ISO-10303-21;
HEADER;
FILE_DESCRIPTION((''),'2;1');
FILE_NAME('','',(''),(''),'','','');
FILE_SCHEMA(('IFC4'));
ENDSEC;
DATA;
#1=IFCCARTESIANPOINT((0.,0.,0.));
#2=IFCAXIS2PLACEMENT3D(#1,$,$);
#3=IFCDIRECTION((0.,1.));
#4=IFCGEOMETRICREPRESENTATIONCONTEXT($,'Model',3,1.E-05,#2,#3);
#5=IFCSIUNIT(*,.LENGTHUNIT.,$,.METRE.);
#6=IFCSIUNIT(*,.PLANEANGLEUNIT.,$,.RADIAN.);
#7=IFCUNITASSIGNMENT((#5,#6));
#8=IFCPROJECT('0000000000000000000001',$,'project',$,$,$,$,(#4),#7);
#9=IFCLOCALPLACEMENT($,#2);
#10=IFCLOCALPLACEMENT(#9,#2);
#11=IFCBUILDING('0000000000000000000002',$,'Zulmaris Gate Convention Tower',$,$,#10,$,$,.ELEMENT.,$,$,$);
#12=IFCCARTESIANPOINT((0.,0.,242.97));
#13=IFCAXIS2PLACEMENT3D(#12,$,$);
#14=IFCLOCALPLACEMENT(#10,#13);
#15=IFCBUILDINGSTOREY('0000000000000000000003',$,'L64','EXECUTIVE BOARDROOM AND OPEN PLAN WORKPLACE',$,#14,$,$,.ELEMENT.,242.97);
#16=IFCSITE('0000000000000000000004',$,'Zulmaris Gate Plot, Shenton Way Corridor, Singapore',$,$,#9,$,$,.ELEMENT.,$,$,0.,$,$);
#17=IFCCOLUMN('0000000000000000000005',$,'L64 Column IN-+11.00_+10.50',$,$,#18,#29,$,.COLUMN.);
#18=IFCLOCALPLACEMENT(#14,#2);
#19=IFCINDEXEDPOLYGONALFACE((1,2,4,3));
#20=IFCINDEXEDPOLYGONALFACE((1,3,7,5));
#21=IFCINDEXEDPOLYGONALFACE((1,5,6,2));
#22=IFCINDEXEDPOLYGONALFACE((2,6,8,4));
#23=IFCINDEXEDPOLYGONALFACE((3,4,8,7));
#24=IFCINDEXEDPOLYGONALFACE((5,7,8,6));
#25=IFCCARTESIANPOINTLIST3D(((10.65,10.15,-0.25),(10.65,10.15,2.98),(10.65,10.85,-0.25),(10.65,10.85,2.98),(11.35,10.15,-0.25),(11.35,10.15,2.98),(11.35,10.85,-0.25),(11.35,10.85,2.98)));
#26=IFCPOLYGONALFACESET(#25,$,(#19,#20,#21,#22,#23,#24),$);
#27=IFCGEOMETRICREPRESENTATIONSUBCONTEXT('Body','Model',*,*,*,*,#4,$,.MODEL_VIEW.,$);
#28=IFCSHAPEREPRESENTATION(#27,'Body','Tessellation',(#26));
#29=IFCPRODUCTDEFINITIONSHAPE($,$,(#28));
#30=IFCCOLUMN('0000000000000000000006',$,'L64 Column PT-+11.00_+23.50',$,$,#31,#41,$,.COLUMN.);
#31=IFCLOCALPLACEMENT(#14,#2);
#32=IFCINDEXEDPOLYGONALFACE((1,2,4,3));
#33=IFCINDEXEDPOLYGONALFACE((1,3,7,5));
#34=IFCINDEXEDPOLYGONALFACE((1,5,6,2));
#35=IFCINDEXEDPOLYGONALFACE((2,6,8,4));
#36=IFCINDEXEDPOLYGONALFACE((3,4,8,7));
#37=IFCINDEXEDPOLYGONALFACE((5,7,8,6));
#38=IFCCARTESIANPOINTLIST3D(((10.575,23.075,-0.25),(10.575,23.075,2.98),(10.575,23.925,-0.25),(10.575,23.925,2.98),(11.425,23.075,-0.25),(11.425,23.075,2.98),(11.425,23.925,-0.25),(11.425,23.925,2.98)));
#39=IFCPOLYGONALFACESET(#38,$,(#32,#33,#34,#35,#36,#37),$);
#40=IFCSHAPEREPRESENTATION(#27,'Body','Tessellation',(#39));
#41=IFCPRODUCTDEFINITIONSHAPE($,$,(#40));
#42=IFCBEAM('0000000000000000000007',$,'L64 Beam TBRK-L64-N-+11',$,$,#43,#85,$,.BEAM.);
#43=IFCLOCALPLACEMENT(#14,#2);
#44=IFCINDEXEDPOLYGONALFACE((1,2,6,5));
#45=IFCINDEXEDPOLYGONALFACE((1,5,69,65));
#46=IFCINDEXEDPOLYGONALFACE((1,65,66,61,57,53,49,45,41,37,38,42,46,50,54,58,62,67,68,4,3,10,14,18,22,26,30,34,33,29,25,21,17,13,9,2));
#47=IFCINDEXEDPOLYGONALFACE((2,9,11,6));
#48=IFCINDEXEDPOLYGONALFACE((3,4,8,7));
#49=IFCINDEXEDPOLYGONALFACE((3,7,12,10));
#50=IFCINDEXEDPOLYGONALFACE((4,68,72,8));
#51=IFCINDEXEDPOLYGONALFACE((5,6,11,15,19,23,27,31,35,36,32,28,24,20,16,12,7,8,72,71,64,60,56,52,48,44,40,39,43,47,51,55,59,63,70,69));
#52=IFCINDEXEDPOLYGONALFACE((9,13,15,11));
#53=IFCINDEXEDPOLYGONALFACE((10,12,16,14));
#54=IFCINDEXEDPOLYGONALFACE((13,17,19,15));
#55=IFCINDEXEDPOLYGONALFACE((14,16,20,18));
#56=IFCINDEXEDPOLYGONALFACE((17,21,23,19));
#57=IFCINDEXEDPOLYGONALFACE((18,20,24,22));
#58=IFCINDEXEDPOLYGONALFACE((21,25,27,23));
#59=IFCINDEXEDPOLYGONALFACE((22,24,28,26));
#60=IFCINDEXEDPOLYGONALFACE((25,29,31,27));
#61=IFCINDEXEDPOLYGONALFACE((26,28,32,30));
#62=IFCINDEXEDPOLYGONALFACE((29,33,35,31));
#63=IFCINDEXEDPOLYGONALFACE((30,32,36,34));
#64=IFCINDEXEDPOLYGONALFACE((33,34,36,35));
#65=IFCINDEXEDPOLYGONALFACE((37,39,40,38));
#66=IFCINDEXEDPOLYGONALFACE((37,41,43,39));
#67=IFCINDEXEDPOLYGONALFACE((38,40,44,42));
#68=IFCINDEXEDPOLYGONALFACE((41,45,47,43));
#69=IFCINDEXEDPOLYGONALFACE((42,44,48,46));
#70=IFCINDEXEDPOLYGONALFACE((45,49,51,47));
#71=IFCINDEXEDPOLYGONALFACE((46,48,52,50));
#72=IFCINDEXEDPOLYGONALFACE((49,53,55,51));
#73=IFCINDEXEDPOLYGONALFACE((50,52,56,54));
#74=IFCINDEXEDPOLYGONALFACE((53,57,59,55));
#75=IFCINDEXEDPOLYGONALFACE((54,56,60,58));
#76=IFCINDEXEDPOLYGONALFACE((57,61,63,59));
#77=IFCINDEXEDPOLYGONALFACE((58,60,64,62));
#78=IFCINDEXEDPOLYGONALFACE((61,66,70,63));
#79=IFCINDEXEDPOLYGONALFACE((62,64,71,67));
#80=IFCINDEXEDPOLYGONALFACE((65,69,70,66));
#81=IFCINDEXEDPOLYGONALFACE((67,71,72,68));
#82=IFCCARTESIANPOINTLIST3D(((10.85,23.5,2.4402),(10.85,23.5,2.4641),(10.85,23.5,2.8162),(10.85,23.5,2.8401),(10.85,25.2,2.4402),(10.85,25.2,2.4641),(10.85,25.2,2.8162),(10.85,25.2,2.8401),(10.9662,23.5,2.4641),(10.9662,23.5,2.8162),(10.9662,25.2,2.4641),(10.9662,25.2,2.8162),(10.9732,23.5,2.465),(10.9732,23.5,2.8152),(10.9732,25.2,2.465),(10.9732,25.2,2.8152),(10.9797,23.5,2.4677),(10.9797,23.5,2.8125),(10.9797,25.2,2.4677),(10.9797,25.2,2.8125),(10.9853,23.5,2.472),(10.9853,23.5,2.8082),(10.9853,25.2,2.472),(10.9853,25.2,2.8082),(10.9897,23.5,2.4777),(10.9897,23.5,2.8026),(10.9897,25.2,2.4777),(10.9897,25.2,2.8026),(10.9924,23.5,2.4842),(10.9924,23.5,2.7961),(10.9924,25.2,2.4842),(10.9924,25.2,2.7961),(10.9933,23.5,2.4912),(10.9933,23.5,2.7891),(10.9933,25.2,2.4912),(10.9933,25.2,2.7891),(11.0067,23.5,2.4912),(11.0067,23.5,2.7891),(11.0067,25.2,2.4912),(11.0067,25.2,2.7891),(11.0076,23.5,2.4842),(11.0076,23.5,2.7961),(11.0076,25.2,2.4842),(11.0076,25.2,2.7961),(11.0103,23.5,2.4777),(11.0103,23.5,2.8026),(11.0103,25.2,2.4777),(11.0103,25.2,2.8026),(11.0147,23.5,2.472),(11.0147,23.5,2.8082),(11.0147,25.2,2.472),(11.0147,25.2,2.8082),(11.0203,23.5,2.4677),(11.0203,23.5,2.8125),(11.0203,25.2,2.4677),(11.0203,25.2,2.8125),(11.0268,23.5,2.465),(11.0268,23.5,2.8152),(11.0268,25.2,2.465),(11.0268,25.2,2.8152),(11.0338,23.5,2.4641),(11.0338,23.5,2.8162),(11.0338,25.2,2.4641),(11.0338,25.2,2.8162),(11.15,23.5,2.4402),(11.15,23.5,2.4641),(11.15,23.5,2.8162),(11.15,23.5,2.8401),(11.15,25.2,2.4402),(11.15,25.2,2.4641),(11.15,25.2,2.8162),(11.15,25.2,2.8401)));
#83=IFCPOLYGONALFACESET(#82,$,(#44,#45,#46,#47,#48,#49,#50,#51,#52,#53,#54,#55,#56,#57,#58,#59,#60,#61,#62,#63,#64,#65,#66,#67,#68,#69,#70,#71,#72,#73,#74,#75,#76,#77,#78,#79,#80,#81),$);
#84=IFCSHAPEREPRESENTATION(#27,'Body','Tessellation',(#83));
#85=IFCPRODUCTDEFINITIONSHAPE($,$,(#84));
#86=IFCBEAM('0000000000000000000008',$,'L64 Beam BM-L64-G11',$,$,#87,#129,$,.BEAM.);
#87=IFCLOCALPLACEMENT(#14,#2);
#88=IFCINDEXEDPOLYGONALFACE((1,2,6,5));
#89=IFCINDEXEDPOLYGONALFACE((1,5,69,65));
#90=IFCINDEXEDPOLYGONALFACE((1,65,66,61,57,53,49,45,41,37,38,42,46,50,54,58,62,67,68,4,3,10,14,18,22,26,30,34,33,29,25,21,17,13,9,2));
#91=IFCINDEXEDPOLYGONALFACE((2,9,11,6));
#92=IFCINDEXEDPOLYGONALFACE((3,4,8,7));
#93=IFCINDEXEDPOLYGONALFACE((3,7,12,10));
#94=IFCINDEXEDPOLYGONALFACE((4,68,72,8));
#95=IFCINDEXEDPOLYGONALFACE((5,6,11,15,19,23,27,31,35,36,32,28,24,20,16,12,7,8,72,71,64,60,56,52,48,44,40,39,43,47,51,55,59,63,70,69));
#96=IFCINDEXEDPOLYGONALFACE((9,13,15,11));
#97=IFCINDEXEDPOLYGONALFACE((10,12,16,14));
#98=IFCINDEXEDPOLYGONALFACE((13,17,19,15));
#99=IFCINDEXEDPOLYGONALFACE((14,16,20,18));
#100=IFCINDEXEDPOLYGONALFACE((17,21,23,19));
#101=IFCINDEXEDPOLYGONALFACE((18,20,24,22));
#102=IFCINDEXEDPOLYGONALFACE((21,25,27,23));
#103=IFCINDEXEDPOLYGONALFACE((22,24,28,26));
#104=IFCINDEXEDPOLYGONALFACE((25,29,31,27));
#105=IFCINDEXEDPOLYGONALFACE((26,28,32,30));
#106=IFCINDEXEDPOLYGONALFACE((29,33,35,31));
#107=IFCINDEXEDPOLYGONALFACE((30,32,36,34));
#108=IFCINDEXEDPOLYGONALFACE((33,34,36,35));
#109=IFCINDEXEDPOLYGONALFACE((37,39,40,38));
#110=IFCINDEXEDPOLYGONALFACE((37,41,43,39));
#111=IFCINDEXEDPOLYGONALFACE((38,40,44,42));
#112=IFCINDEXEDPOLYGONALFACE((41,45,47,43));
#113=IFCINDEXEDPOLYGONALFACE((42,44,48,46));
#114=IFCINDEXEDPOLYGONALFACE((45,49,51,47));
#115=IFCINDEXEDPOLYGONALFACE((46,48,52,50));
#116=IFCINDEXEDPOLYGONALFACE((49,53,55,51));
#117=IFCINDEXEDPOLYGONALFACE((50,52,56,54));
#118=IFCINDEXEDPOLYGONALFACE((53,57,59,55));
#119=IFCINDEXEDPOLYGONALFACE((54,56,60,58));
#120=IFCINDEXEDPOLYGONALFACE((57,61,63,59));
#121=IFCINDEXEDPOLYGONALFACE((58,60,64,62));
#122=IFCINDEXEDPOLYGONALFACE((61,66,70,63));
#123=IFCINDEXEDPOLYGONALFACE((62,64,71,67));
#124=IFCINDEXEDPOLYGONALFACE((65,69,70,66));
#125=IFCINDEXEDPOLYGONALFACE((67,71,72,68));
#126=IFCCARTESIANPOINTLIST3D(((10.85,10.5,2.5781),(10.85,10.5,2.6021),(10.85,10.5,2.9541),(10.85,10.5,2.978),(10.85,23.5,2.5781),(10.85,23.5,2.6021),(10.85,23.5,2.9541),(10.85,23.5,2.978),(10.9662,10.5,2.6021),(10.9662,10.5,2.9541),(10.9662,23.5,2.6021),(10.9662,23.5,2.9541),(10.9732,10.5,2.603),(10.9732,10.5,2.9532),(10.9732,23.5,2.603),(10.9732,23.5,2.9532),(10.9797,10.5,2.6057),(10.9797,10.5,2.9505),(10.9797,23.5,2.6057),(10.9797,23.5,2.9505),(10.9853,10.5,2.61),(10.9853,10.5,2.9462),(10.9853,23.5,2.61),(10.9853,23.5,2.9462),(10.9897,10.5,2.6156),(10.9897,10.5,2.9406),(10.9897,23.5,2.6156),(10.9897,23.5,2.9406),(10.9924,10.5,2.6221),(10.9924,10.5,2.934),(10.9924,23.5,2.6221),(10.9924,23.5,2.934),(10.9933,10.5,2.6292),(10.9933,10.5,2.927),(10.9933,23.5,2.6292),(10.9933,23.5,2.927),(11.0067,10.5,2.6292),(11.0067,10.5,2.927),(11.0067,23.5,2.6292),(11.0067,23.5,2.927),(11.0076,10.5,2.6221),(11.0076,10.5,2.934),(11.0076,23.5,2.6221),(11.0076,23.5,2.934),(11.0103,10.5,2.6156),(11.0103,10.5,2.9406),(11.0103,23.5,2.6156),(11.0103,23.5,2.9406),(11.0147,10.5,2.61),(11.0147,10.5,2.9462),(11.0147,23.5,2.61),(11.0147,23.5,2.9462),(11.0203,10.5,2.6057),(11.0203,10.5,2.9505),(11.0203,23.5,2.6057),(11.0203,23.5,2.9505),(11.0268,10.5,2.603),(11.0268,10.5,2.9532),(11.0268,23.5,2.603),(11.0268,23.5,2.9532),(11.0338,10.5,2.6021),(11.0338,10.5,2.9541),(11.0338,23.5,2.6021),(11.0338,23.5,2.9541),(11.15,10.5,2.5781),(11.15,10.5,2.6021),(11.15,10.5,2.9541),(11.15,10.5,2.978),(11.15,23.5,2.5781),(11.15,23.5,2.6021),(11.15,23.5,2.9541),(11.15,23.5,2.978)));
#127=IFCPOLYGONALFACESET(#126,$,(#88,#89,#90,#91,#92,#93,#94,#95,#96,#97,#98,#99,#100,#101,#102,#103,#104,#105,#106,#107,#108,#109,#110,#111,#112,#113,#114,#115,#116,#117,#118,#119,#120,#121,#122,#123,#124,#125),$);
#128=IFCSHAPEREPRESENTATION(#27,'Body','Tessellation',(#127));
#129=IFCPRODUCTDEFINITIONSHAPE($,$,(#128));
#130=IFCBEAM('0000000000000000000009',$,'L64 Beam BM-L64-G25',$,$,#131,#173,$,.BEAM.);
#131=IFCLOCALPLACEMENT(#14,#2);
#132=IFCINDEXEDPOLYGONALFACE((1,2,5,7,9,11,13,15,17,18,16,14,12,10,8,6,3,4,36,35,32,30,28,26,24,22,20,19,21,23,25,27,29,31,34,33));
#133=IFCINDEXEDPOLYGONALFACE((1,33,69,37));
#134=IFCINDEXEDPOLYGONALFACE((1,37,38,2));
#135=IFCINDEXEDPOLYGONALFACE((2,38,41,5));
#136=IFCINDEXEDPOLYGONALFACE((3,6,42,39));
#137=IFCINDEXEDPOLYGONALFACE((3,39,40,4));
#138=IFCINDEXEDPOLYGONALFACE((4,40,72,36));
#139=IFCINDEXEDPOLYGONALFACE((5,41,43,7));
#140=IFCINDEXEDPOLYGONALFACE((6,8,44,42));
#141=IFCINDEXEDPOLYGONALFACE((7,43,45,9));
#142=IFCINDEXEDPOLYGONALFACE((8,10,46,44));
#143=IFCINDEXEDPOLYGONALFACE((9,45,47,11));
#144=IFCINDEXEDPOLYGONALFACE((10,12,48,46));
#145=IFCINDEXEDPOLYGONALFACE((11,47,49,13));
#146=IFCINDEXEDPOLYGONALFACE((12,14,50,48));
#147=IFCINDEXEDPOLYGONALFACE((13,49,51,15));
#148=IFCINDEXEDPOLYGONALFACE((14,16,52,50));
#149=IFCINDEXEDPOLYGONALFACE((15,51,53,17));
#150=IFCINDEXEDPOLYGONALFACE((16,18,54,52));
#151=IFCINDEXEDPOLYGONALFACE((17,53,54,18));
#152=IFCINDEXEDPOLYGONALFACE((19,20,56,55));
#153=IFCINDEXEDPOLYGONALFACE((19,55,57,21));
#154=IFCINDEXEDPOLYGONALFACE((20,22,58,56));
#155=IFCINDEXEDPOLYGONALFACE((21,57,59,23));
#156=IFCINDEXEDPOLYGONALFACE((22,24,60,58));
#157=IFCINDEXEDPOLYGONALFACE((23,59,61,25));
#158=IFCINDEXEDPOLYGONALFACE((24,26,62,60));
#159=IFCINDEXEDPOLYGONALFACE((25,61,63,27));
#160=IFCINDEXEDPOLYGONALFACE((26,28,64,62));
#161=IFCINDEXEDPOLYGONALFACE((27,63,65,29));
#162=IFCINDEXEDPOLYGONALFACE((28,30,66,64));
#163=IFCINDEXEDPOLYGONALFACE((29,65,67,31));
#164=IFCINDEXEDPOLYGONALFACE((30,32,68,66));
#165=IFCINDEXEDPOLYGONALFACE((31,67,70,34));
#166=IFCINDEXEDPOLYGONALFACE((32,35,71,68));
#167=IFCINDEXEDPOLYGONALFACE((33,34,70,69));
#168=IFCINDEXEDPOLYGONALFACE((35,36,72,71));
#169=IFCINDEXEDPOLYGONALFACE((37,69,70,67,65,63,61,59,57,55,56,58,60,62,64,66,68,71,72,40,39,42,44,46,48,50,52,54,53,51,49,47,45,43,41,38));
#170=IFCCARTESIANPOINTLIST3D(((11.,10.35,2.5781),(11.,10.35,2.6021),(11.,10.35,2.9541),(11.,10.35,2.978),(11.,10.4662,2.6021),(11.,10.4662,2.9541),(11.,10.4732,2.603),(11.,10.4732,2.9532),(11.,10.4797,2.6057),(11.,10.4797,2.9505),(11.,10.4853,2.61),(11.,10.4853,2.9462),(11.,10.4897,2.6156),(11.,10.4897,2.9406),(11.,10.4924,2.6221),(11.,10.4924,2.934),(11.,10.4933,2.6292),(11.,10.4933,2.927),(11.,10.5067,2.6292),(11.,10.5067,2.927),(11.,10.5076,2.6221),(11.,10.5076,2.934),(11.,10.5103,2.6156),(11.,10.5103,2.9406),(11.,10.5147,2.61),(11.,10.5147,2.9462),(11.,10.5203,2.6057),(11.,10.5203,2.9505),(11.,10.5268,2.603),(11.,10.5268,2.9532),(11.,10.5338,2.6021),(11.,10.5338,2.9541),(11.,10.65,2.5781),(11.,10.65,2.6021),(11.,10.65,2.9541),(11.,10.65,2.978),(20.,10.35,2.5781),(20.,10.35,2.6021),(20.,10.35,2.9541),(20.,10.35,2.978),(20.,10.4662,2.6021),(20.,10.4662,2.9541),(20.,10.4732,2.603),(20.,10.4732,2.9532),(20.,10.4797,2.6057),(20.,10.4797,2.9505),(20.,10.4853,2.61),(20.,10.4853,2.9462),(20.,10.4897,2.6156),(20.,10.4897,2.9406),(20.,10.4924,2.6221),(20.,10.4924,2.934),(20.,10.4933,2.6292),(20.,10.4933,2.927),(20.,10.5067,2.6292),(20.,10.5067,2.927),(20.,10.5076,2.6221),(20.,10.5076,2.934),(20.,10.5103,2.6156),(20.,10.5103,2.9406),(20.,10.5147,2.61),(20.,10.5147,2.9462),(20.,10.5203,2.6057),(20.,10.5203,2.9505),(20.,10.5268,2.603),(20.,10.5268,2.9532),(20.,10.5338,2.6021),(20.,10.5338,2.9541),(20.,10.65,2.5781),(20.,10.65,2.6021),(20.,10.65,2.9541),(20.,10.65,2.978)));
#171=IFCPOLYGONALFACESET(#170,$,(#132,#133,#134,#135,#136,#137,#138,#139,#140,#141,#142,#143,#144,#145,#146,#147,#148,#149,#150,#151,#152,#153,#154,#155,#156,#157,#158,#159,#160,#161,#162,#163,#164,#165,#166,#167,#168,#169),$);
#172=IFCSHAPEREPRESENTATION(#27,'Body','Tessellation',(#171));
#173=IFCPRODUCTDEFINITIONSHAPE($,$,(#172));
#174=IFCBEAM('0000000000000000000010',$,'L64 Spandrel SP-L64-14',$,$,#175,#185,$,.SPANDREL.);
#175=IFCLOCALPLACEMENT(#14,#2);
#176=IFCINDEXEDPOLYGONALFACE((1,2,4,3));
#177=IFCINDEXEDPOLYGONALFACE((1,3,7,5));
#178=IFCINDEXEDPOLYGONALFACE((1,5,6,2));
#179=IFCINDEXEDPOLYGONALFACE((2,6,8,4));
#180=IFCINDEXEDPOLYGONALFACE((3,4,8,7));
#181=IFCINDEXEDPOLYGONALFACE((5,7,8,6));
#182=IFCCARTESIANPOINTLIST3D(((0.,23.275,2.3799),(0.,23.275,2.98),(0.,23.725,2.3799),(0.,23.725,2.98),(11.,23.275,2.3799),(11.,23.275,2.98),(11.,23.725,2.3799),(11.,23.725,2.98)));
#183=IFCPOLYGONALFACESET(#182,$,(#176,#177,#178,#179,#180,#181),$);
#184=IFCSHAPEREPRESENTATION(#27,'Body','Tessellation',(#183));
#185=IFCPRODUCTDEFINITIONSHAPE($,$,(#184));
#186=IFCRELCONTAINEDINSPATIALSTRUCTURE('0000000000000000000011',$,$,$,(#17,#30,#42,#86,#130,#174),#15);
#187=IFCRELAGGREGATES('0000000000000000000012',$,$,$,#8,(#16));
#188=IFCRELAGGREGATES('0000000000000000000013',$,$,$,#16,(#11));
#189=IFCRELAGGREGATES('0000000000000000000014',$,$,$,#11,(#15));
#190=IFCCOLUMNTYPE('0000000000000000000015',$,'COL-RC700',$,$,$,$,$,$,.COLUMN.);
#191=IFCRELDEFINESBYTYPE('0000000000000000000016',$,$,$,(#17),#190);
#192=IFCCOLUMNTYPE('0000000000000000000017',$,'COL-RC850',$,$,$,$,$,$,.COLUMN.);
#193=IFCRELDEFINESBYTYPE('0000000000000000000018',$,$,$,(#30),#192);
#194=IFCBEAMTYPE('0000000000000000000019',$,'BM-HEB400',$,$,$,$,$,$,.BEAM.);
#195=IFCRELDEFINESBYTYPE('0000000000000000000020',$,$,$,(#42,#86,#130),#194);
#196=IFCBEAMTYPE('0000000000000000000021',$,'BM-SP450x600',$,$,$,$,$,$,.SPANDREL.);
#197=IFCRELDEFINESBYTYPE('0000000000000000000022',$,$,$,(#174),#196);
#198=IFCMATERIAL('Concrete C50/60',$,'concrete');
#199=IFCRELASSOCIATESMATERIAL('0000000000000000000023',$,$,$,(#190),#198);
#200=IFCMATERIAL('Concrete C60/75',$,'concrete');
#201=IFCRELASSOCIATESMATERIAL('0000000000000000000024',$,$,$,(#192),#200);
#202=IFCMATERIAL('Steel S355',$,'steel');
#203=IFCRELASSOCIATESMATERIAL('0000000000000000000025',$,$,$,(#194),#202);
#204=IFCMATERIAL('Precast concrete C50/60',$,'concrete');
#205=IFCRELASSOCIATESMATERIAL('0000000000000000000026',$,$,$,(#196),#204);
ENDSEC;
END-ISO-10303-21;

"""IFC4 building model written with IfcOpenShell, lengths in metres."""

from ifc_helpers import new_model, si_unit, direction, frame, origin, origin_2d, place, context, subcontext, project, spatial, rectangle, i_section, extrude, material, material_profile, profile_set, type_object, element, save


model = new_model("IFC4")

# Units and contexts
model_context = context("Model", 3, precision=1e-05, world=origin(), true_north=direction((0.0, 1.0)))
body_context = subcontext(model_context, "Body", "Model", "MODEL_VIEW")
ifc_project = project(units=[si_unit("LENGTHUNIT", "METRE"), si_unit("PLANEANGLEUNIT", "RADIAN")], contexts=[model_context])

# Site, building, storey
site_placement = place(None, origin())
site = spatial("IfcSite", under=ifc_project, at=site_placement, Name="Zulmaris Gate Plot, Shenton Way Corridor, Singapore", CompositionType="ELEMENT", RefElevation=0.0)
building_placement = place(site_placement, origin())
building = spatial("IfcBuilding", under=site, at=building_placement, Name="Zulmaris Gate Convention Tower", CompositionType="ELEMENT")
storey_placement = place(building_placement, frame((0.0, 0.0, 242.97)))
storey = spatial("IfcBuildingStorey", under=building, at=storey_placement, Name="L64", Description="EXECUTIVE BOARDROOM AND OPEN PLAN WORKPLACE", CompositionType="ELEMENT", Elevation=242.97)

# Columns
ifc_material_1 = material(Name="Concrete C50/60", Category="concrete")
ifc_material_profile_1 = material_profile(ifc_material_1, rectangle(XDim=0.7, YDim=0.7, at=origin_2d()), Name="RC COL 700x700")
ifc_profile_set_1 = profile_set([ifc_material_profile_1], Name="Concrete C50/60")
column_type_1 = type_object("IfcColumnType", Name="COL-RC700", PredefinedType="COLUMN", material=ifc_profile_set_1)
column_1_placement = place(storey_placement, frame((11.0, 10.5, -0.25), z_axis=(0.0, 0.0, 1.0), x_axis=(1.0, 0.0, 0.0)))
element("IfcColumn", 1, at=column_1_placement, inside=storey, type_object=column_type_1, Name="L64 Column IN-+11.00_+10.50", PredefinedType="COLUMN", context=body_context, shape_type="SweptSolid", body=[
    extrude(rectangle(XDim=0.7, YDim=0.7, at=origin_2d()), origin(), (0.0, 0.0, 1.0), 3.23),
])
ifc_material_2 = material(Name="Concrete C60/75", Category="concrete")
ifc_material_profile_2 = material_profile(ifc_material_2, rectangle(XDim=0.8501, YDim=0.8501, at=origin_2d()), Name="RC COL 850x850")
ifc_profile_set_2 = profile_set([ifc_material_profile_2], Name="Concrete C60/75")
column_type_2 = type_object("IfcColumnType", Name="COL-RC850", PredefinedType="COLUMN", material=ifc_profile_set_2)
column_2_placement = place(storey_placement, frame((11.0, 23.5, -0.25), z_axis=(0.0, 0.0, 1.0), x_axis=(1.0, 0.0, 0.0)))
element("IfcColumn", 2, at=column_2_placement, inside=storey, type_object=column_type_2, Name="L64 Column PT-+11.00_+23.50", PredefinedType="COLUMN", context=body_context, shape_type="SweptSolid", body=[
    extrude(rectangle(XDim=0.8501, YDim=0.8501, at=origin_2d()), origin(), (0.0, 0.0, 1.0), 3.23),
])

# Beams
ifc_material_3 = material(Name="Steel S355", Category="steel")
ifc_material_profile_3 = material_profile(ifc_material_3, i_section(OverallWidth=0.3, OverallDepth=0.3999, WebThickness=0.0134, FlangeThickness=0.0239, FilletRadius=0.0271, at=origin_2d()), Name="HEB 400")
ifc_profile_set_3 = profile_set([ifc_material_profile_3], Name="Steel S355")
beam_type_1 = type_object("IfcBeamType", Name="BM-HEB400", PredefinedType="BEAM", material=ifc_profile_set_3)
beam_1_placement = place(storey_placement, frame((11.0, 23.5, 2.6401), z_axis=(0.0, 1.0, 0.0), x_axis=(-1.0, 0.0, 0.0)))
element("IfcBeam", 3, at=beam_1_placement, inside=storey, type_object=beam_type_1, Name="L64 Beam TBRK-L64-N-+11", PredefinedType="BEAM", context=body_context, shape_type="SweptSolid", body=[
    extrude(i_section(OverallWidth=0.3, OverallDepth=0.3999, WebThickness=0.0134, FlangeThickness=0.0239, FilletRadius=0.0271, at=origin_2d()), origin(), (0.0, 0.0, 1.0), 1.7),
])
beam_2_placement = place(storey_placement, frame((11.0, 10.5, 2.7781), z_axis=(0.0, 1.0, 0.0), x_axis=(-1.0, 0.0, 0.0)))
element("IfcBeam", 4, at=beam_2_placement, inside=storey, type_object=beam_type_1, Name="L64 Beam BM-L64-G11", PredefinedType="BEAM", context=body_context, shape_type="SweptSolid", body=[
    extrude(i_section(OverallWidth=0.3, OverallDepth=0.3999, WebThickness=0.0134, FlangeThickness=0.0239, FilletRadius=0.0271, at=origin_2d()), origin(), (0.0, 0.0, 1.0), 13.0),
])
beam_3_placement = place(storey_placement, frame((11.0, 10.5, 2.7781), z_axis=(1.0, 0.0, 0.0), x_axis=(0.0, 1.0, 0.0)))
element("IfcBeam", 5, at=beam_3_placement, inside=storey, type_object=beam_type_1, Name="L64 Beam BM-L64-G25", PredefinedType="BEAM", context=body_context, shape_type="SweptSolid", body=[
    extrude(i_section(OverallWidth=0.3, OverallDepth=0.3999, WebThickness=0.0134, FlangeThickness=0.0239, FilletRadius=0.0271, at=origin_2d()), origin(), (0.0, 0.0, 1.0), 9.0),
])
ifc_material_4 = material(Name="Precast concrete C50/60", Category="concrete")
ifc_material_profile_4 = material_profile(ifc_material_4, rectangle(XDim=0.45, YDim=0.6001, at=origin_2d()), Name="RC SPANDREL 450x600")
ifc_profile_set_4 = profile_set([ifc_material_profile_4], Name="Precast concrete C50/60")
beam_type_2 = type_object("IfcBeamType", Name="BM-SP450x600", PredefinedType="SPANDREL", material=ifc_profile_set_4)
beam_4_placement = place(storey_placement, frame((11.0, 23.5, 2.6799), z_axis=(-1.0, 0.0, 0.0), x_axis=(0.0, -1.0, 0.0)))
element("IfcBeam", 6, at=beam_4_placement, inside=storey, type_object=beam_type_2, Name="L64 Spandrel SP-L64-14", PredefinedType="SPANDREL", context=body_context, shape_type="SweptSolid", body=[
    extrude(rectangle(XDim=0.45, YDim=0.6001, at=origin_2d()), origin(), (0.0, 0.0, 1.0), 11.0),
])

save(model, "model.ifc")
